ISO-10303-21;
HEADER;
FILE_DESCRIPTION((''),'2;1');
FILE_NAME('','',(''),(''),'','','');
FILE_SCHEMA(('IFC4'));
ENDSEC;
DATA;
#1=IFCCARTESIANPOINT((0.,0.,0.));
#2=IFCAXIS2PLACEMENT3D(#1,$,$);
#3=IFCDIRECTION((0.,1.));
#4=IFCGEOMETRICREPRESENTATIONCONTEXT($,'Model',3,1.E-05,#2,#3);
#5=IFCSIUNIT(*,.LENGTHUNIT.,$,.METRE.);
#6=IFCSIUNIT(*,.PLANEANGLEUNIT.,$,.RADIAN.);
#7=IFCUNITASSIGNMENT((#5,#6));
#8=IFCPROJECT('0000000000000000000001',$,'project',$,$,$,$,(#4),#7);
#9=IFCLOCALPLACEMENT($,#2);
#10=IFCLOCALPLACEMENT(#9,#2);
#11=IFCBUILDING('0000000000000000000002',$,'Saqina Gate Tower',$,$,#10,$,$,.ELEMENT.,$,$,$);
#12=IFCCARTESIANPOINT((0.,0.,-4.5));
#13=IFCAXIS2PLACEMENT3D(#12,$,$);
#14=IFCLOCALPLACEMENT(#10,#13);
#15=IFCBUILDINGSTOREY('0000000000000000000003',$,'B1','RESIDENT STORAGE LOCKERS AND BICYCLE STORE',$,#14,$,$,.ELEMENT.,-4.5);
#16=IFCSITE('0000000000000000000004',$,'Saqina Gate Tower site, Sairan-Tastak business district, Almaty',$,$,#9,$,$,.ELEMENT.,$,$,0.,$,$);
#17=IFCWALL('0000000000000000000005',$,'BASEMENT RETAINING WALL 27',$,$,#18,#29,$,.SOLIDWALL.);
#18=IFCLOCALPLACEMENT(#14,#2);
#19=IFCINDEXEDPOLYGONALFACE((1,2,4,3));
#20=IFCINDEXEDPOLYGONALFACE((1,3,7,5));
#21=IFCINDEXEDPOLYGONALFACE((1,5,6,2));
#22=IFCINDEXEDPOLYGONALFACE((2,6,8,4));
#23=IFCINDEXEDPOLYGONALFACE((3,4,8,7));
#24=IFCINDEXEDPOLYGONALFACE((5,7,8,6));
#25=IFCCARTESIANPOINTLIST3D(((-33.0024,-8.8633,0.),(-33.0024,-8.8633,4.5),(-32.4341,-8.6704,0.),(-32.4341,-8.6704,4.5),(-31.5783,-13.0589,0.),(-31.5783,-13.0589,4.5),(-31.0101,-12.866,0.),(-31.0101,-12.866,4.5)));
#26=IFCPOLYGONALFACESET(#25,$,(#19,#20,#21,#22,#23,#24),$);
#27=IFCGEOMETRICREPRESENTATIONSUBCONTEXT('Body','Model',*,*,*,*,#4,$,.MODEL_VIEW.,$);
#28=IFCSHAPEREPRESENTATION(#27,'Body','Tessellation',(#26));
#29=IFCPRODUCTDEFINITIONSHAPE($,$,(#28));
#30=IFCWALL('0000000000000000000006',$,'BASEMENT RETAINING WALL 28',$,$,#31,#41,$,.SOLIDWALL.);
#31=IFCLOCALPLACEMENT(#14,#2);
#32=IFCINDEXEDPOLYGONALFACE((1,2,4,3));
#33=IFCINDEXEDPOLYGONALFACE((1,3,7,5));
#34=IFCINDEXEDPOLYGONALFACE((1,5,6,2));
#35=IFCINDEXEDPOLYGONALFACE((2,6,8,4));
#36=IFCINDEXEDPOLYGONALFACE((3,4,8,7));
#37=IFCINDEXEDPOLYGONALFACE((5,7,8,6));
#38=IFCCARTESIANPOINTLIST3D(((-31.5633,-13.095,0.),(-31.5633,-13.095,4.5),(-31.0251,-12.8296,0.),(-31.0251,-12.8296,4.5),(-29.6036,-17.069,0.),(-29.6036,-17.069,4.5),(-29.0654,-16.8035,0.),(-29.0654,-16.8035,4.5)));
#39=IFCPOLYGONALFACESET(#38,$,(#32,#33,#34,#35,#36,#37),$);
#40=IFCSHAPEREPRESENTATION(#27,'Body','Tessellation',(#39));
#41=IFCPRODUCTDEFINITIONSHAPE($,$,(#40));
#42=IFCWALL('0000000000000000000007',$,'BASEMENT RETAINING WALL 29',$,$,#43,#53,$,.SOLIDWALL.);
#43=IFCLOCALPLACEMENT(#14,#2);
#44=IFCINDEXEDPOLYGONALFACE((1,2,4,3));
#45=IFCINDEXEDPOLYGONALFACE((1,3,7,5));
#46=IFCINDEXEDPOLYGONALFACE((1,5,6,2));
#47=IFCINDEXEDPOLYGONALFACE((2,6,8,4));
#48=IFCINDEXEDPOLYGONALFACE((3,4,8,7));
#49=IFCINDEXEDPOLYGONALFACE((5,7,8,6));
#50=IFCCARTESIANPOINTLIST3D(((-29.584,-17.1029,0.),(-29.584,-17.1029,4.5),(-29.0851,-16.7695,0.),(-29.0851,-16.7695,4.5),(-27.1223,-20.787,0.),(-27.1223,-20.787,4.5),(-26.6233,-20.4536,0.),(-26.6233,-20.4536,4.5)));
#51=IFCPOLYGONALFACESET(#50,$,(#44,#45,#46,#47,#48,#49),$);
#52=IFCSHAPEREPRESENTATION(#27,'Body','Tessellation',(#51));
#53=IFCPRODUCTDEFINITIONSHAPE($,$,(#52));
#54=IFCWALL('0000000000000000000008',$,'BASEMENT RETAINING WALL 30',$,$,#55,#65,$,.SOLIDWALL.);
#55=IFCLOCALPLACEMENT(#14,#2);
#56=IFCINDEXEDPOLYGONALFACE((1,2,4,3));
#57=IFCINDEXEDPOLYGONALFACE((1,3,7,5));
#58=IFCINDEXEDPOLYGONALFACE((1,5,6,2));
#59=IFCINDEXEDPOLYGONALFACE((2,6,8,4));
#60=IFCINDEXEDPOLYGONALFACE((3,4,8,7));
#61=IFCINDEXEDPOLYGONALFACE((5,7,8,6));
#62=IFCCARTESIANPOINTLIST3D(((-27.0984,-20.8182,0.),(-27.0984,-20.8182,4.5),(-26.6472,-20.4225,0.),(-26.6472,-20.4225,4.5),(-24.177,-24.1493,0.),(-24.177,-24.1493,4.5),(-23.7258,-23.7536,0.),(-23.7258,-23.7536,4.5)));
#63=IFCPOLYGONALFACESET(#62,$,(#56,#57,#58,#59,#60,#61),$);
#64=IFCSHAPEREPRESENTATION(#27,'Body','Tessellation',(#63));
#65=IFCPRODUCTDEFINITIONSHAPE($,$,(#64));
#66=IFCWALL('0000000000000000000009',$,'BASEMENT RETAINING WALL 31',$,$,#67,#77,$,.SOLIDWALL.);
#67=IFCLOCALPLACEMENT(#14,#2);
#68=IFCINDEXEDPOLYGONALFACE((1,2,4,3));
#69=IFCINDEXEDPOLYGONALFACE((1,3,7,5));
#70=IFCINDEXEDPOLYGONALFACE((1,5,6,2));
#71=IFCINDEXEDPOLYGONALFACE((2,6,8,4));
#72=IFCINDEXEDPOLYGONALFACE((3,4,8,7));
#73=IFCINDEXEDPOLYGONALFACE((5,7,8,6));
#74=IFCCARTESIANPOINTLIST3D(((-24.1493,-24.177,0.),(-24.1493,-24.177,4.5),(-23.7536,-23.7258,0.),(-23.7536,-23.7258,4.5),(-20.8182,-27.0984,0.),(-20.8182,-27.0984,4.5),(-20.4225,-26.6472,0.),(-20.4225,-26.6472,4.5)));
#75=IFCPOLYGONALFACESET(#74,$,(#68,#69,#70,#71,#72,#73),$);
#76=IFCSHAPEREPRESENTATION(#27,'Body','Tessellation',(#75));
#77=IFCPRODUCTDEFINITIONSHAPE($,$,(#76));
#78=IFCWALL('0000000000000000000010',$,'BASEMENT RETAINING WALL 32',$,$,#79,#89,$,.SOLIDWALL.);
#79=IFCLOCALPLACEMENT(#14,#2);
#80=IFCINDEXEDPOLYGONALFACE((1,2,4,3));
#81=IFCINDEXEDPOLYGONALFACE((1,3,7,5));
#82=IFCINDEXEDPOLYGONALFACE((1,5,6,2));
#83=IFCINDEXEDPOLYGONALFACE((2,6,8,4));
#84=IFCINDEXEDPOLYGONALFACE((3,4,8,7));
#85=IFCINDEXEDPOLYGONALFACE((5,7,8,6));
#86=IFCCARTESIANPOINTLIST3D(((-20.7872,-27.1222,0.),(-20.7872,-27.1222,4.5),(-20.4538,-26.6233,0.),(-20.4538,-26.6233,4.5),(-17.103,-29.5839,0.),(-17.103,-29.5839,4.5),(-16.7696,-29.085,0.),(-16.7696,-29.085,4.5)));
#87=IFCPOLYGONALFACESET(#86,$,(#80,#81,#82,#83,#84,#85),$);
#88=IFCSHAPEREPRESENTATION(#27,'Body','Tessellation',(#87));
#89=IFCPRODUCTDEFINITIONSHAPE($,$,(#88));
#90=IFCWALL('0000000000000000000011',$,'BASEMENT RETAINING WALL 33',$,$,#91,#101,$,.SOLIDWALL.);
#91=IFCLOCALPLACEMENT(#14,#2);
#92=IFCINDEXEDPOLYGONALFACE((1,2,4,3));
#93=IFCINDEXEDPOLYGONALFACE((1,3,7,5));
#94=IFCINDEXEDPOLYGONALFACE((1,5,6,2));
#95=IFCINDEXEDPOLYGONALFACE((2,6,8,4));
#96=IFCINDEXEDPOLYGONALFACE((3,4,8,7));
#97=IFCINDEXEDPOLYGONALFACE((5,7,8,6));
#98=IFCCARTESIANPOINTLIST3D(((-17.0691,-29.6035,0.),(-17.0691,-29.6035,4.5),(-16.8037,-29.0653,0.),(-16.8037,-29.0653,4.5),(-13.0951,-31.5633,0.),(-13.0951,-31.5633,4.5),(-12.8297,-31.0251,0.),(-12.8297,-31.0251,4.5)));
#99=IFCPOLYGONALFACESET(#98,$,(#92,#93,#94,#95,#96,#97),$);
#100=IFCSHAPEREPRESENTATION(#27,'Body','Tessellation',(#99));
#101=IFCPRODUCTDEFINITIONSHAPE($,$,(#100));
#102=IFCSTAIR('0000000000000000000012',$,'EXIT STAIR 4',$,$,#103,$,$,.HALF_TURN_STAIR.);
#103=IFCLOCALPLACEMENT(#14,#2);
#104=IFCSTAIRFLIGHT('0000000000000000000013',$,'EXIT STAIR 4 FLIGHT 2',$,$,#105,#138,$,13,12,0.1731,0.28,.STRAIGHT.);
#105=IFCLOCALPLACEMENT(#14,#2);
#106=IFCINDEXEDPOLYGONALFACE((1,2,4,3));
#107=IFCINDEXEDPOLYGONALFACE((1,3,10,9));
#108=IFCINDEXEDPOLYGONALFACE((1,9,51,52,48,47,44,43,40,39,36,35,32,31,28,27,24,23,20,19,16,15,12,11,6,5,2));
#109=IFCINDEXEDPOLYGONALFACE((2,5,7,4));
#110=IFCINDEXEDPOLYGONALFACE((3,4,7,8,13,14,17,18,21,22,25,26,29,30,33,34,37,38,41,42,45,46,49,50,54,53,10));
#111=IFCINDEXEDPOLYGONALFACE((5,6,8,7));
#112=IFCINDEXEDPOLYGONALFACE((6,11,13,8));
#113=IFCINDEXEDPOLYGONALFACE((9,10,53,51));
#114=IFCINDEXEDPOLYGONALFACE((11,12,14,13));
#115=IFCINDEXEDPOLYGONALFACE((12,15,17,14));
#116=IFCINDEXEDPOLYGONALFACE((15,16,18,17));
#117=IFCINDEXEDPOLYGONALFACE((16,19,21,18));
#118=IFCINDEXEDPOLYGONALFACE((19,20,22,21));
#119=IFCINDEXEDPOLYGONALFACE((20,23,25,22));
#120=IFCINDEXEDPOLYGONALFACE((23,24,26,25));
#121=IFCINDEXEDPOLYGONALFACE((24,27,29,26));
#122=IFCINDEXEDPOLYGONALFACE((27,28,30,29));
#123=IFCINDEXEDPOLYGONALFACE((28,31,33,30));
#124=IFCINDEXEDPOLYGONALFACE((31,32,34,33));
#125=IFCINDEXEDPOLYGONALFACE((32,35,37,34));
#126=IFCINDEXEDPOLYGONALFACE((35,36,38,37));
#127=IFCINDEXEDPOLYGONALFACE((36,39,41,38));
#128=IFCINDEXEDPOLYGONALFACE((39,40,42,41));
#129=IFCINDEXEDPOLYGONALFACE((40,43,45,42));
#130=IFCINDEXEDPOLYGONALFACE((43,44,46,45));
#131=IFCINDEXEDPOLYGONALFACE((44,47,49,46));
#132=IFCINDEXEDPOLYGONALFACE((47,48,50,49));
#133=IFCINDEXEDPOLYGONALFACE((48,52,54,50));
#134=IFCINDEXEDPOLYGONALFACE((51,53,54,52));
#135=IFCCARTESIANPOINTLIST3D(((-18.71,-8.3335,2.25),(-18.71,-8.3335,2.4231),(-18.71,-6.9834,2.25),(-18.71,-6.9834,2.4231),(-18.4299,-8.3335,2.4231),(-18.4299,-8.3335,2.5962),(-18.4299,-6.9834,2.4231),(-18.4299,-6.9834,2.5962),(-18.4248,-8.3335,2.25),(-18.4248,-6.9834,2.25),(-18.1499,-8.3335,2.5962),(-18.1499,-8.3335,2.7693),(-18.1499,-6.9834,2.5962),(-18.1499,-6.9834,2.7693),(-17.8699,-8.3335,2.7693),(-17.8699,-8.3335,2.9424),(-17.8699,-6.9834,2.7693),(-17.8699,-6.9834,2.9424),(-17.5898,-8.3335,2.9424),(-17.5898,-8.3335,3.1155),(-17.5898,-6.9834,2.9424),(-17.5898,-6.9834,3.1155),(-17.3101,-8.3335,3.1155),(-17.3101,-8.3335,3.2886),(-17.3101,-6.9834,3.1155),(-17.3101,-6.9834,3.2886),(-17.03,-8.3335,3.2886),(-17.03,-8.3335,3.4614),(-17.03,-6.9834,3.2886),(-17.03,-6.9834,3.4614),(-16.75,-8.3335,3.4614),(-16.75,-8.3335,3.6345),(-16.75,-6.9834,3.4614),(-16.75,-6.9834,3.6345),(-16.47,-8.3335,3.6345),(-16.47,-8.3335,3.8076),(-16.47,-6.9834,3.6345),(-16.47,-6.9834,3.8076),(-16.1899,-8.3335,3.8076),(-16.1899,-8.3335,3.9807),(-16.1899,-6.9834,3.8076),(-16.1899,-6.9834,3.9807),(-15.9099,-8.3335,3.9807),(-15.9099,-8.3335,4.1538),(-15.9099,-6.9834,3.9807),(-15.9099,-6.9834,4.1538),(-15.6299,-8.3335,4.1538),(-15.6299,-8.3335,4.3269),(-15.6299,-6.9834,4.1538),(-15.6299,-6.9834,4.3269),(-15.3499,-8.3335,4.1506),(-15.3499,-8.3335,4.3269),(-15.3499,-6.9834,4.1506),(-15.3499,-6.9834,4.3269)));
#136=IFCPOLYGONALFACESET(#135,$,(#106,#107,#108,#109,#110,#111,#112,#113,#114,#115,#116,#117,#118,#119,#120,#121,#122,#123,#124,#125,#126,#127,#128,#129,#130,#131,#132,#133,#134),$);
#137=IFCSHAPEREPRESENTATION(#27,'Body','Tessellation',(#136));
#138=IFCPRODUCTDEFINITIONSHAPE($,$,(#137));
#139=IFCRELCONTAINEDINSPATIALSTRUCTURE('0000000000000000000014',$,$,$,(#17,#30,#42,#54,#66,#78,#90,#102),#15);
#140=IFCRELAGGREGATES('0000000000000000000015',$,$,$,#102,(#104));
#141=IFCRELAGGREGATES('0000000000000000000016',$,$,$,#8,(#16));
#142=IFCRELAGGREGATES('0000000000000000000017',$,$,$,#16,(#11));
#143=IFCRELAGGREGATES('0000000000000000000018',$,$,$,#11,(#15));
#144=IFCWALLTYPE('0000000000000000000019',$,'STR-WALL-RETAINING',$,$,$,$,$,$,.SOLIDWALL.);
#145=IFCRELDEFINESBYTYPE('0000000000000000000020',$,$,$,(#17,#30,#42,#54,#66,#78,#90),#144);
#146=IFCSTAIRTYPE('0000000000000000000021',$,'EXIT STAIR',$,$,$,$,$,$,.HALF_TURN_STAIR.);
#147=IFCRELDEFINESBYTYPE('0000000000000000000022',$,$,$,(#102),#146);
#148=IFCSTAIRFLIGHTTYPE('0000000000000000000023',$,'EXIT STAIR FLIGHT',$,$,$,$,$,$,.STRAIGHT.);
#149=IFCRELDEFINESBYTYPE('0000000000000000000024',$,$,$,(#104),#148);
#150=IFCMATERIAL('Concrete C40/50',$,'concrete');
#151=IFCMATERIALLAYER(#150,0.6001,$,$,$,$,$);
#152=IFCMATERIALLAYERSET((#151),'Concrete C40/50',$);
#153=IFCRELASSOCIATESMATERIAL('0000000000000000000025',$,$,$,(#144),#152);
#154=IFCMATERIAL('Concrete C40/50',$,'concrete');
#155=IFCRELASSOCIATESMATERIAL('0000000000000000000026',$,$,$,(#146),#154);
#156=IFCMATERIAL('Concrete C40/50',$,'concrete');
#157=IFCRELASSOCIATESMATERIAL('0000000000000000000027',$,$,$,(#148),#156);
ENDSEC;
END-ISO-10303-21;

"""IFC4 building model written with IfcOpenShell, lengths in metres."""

from ifc_helpers import new_model, si_unit, direction, frame, frame_2d, origin, place, context, subcontext, project, spatial, polyline, rectangle, outline, extrude, material, layer, layer_set, type_object, element, aggregate, save


model = new_model("IFC4")

# Units and contexts
model_context = context("Model", 3, precision=1e-05, world=origin(), true_north=direction((0.0, 1.0)))
body_context = subcontext(model_context, "Body", "Model", "MODEL_VIEW")
ifc_project = project(units=[si_unit("LENGTHUNIT", "METRE"), si_unit("PLANEANGLEUNIT", "RADIAN")], contexts=[model_context])

# Site, building, storey
site_placement = place(None, origin())
site = spatial("IfcSite", under=ifc_project, at=site_placement, Name="Saqina Gate Tower site, Sairan-Tastak business district, Almaty", CompositionType="ELEMENT", RefElevation=0.0)
building_placement = place(site_placement, origin())
building = spatial("IfcBuilding", under=site, at=building_placement, Name="Saqina Gate Tower", CompositionType="ELEMENT")
storey_placement = place(building_placement, frame((0.0, 0.0, -4.5)))
storey = spatial("IfcBuildingStorey", under=building, at=storey_placement, Name="B1", Description="RESIDENT STORAGE LOCKERS AND BICYCLE STORE", CompositionType="ELEMENT", Elevation=-4.5)

# Walls
ifc_material_1 = material(Name="Concrete C40/50", Category="concrete")
ifc_layer_1 = layer(ifc_material_1, 0.6001)
ifc_layer_set_1 = layer_set([ifc_layer_1], Name="Concrete C40/50")
wall_type_1 = type_object("IfcWallType", Name="STR-WALL-RETAINING", PredefinedType="SOLIDWALL", material=ifc_layer_set_1)
wall_1_placement = place(storey_placement, frame((-32.7183, -8.7668, 0.0), z_axis=(0.0, 0.0, 1.0), x_axis=(0.321414, -0.946939, 0.0)))
element("IfcWall", 1, at=wall_1_placement, inside=storey, type_object=wall_type_1, Name="BASEMENT RETAINING WALL 27", PredefinedType="SOLIDWALL", context=body_context, shape_type="SweptSolid", body=[
    extrude(rectangle(XDim=4.4307, YDim=0.6001, at=frame_2d((2.2153, 0.0))), origin(), (0.0, 0.0, 1.0), 4.5),
])
for number, where, z_axis, x_axis, name in (
    (2, (-31.2942, -12.9624, 0.0), (0.0, 0.0, 1.0), (0.442292, -0.896871, 0.0), "BASEMENT RETAINING WALL 28"),
    (3, (-29.3345, -16.9363, 0.0), (0.0, 0.0, 1.0), (0.555577, -0.831465, 0.0), "BASEMENT RETAINING WALL 29"),
):
    element("IfcWall", number, at=place(storey_placement, frame(where, z_axis=z_axis, x_axis=x_axis)), inside=storey, type_object=wall_type_1, Name=name, PredefinedType="SOLIDWALL", context=body_context, shape_type="SweptSolid", body=[
        extrude(rectangle(XDim=4.4309, YDim=0.6001, at=frame_2d((2.2153, 0.0))), origin(), (0.0, 0.0, 1.0), 4.5),
    ])
for number, where, z_axis, x_axis, name in (
    (4, (-26.8728, -20.6204, 0.0), (0.0, 0.0, 1.0), (0.659362, -0.751825, 0.0), "BASEMENT RETAINING WALL 30"),
    (5, (-23.9514, -23.9514, 0.0), (0.0, 0.0, 1.0), (0.751825, -0.659362, 0.0), "BASEMENT RETAINING WALL 31"),
):
    element("IfcWall", number, at=place(storey_placement, frame(where, z_axis=z_axis, x_axis=x_axis)), inside=storey, type_object=wall_type_1, Name=name, PredefinedType="SOLIDWALL", context=body_context, shape_type="SweptSolid", body=[
        extrude(rectangle(XDim=4.4307, YDim=0.6001, at=frame_2d((2.2153, 0.0))), origin(), (0.0, 0.0, 1.0), 4.5),
    ])
for number, where, z_axis, x_axis, name in (
    (6, (-20.6204, -26.8728, 0.0), (0.0, 0.0, 1.0), (0.831465, -0.555577, 0.0), "BASEMENT RETAINING WALL 32"),
    (7, (-16.9363, -29.3345, 0.0), (0.0, 0.0, 1.0), (0.896871, -0.442292, 0.0), "BASEMENT RETAINING WALL 33"),
):
    element("IfcWall", number, at=place(storey_placement, frame(where, z_axis=z_axis, x_axis=x_axis)), inside=storey, type_object=wall_type_1, Name=name, PredefinedType="SOLIDWALL", context=body_context, shape_type="SweptSolid", body=[
        extrude(rectangle(XDim=4.4309, YDim=0.6001, at=frame_2d((2.2153, 0.0))), origin(), (0.0, 0.0, 1.0), 4.5),
    ])

# Stair, stair flight
ifc_material_2 = material(Name="Concrete C40/50", Category="concrete")
stair_type = type_object("IfcStairType", Name="EXIT STAIR", PredefinedType="HALF_TURN_STAIR", material=ifc_material_2)
stair_placement = place(storey_placement, origin())
stair = element("IfcStair", 8, at=stair_placement, inside=storey, type_object=stair_type, Name="EXIT STAIR 4", PredefinedType="HALF_TURN_STAIR")
ifc_material_3 = material(Name="Concrete C40/50", Category="concrete")
stair_flight_type = type_object("IfcStairFlightType", Name="EXIT STAIR FLIGHT", PredefinedType="STRAIGHT", material=ifc_material_3)
stair_flight_placement = place(storey_placement, frame((-18.71, -7.6584, 2.25), z_axis=(0.0, 0.0, 1.0), x_axis=(1.0, 0.0, 0.0)))
stair_flight = element("IfcStairFlight", 9, at=stair_flight_placement, type_object=stair_flight_type, Name="EXIT STAIR 4 FLIGHT 2", NumberOfRisers=13, NumberOfTreads=12, PredefinedType="STRAIGHT", RiserHeight=0.1731, TreadLength=0.28, context=body_context, shape_type="SweptSolid", body=[
    extrude(outline(polyline([(0.0, 0.0), (0.0, 0.1731), (0.28, 0.1731), (0.28, 0.3462), (0.5601, 0.3462), (0.5601, 0.5193), (0.8401, 0.5193), (0.8401, 0.6924), (1.1201, 0.6924), (1.1201, 0.8655), (1.3999, 0.8655), (1.3999, 1.0386), (1.6799, 1.0386), (1.6799, 1.2114), (1.96, 1.2114), (1.96, 1.3845), (2.24, 1.3845), (2.24, 1.5576), (2.52, 1.5576), (2.52, 1.7307), (2.8, 1.7307), (2.8, 1.9038), (3.0801, 1.9038), (3.0801, 2.0769), (3.3601, 2.0769), (3.3601, 2.25), (3.3601, 1.9006), (0.2852, 0.0), (0.0, 0.0)])), frame((0.0, 0.675, 0.0), z_axis=(0.0, -1.0, 0.0), x_axis=(1.0, 0.0, 0.0)), (0.0, 0.0, 1.0), 1.3501),
])
aggregate(stair, [stair_flight])

save(model, "model.ifc")
